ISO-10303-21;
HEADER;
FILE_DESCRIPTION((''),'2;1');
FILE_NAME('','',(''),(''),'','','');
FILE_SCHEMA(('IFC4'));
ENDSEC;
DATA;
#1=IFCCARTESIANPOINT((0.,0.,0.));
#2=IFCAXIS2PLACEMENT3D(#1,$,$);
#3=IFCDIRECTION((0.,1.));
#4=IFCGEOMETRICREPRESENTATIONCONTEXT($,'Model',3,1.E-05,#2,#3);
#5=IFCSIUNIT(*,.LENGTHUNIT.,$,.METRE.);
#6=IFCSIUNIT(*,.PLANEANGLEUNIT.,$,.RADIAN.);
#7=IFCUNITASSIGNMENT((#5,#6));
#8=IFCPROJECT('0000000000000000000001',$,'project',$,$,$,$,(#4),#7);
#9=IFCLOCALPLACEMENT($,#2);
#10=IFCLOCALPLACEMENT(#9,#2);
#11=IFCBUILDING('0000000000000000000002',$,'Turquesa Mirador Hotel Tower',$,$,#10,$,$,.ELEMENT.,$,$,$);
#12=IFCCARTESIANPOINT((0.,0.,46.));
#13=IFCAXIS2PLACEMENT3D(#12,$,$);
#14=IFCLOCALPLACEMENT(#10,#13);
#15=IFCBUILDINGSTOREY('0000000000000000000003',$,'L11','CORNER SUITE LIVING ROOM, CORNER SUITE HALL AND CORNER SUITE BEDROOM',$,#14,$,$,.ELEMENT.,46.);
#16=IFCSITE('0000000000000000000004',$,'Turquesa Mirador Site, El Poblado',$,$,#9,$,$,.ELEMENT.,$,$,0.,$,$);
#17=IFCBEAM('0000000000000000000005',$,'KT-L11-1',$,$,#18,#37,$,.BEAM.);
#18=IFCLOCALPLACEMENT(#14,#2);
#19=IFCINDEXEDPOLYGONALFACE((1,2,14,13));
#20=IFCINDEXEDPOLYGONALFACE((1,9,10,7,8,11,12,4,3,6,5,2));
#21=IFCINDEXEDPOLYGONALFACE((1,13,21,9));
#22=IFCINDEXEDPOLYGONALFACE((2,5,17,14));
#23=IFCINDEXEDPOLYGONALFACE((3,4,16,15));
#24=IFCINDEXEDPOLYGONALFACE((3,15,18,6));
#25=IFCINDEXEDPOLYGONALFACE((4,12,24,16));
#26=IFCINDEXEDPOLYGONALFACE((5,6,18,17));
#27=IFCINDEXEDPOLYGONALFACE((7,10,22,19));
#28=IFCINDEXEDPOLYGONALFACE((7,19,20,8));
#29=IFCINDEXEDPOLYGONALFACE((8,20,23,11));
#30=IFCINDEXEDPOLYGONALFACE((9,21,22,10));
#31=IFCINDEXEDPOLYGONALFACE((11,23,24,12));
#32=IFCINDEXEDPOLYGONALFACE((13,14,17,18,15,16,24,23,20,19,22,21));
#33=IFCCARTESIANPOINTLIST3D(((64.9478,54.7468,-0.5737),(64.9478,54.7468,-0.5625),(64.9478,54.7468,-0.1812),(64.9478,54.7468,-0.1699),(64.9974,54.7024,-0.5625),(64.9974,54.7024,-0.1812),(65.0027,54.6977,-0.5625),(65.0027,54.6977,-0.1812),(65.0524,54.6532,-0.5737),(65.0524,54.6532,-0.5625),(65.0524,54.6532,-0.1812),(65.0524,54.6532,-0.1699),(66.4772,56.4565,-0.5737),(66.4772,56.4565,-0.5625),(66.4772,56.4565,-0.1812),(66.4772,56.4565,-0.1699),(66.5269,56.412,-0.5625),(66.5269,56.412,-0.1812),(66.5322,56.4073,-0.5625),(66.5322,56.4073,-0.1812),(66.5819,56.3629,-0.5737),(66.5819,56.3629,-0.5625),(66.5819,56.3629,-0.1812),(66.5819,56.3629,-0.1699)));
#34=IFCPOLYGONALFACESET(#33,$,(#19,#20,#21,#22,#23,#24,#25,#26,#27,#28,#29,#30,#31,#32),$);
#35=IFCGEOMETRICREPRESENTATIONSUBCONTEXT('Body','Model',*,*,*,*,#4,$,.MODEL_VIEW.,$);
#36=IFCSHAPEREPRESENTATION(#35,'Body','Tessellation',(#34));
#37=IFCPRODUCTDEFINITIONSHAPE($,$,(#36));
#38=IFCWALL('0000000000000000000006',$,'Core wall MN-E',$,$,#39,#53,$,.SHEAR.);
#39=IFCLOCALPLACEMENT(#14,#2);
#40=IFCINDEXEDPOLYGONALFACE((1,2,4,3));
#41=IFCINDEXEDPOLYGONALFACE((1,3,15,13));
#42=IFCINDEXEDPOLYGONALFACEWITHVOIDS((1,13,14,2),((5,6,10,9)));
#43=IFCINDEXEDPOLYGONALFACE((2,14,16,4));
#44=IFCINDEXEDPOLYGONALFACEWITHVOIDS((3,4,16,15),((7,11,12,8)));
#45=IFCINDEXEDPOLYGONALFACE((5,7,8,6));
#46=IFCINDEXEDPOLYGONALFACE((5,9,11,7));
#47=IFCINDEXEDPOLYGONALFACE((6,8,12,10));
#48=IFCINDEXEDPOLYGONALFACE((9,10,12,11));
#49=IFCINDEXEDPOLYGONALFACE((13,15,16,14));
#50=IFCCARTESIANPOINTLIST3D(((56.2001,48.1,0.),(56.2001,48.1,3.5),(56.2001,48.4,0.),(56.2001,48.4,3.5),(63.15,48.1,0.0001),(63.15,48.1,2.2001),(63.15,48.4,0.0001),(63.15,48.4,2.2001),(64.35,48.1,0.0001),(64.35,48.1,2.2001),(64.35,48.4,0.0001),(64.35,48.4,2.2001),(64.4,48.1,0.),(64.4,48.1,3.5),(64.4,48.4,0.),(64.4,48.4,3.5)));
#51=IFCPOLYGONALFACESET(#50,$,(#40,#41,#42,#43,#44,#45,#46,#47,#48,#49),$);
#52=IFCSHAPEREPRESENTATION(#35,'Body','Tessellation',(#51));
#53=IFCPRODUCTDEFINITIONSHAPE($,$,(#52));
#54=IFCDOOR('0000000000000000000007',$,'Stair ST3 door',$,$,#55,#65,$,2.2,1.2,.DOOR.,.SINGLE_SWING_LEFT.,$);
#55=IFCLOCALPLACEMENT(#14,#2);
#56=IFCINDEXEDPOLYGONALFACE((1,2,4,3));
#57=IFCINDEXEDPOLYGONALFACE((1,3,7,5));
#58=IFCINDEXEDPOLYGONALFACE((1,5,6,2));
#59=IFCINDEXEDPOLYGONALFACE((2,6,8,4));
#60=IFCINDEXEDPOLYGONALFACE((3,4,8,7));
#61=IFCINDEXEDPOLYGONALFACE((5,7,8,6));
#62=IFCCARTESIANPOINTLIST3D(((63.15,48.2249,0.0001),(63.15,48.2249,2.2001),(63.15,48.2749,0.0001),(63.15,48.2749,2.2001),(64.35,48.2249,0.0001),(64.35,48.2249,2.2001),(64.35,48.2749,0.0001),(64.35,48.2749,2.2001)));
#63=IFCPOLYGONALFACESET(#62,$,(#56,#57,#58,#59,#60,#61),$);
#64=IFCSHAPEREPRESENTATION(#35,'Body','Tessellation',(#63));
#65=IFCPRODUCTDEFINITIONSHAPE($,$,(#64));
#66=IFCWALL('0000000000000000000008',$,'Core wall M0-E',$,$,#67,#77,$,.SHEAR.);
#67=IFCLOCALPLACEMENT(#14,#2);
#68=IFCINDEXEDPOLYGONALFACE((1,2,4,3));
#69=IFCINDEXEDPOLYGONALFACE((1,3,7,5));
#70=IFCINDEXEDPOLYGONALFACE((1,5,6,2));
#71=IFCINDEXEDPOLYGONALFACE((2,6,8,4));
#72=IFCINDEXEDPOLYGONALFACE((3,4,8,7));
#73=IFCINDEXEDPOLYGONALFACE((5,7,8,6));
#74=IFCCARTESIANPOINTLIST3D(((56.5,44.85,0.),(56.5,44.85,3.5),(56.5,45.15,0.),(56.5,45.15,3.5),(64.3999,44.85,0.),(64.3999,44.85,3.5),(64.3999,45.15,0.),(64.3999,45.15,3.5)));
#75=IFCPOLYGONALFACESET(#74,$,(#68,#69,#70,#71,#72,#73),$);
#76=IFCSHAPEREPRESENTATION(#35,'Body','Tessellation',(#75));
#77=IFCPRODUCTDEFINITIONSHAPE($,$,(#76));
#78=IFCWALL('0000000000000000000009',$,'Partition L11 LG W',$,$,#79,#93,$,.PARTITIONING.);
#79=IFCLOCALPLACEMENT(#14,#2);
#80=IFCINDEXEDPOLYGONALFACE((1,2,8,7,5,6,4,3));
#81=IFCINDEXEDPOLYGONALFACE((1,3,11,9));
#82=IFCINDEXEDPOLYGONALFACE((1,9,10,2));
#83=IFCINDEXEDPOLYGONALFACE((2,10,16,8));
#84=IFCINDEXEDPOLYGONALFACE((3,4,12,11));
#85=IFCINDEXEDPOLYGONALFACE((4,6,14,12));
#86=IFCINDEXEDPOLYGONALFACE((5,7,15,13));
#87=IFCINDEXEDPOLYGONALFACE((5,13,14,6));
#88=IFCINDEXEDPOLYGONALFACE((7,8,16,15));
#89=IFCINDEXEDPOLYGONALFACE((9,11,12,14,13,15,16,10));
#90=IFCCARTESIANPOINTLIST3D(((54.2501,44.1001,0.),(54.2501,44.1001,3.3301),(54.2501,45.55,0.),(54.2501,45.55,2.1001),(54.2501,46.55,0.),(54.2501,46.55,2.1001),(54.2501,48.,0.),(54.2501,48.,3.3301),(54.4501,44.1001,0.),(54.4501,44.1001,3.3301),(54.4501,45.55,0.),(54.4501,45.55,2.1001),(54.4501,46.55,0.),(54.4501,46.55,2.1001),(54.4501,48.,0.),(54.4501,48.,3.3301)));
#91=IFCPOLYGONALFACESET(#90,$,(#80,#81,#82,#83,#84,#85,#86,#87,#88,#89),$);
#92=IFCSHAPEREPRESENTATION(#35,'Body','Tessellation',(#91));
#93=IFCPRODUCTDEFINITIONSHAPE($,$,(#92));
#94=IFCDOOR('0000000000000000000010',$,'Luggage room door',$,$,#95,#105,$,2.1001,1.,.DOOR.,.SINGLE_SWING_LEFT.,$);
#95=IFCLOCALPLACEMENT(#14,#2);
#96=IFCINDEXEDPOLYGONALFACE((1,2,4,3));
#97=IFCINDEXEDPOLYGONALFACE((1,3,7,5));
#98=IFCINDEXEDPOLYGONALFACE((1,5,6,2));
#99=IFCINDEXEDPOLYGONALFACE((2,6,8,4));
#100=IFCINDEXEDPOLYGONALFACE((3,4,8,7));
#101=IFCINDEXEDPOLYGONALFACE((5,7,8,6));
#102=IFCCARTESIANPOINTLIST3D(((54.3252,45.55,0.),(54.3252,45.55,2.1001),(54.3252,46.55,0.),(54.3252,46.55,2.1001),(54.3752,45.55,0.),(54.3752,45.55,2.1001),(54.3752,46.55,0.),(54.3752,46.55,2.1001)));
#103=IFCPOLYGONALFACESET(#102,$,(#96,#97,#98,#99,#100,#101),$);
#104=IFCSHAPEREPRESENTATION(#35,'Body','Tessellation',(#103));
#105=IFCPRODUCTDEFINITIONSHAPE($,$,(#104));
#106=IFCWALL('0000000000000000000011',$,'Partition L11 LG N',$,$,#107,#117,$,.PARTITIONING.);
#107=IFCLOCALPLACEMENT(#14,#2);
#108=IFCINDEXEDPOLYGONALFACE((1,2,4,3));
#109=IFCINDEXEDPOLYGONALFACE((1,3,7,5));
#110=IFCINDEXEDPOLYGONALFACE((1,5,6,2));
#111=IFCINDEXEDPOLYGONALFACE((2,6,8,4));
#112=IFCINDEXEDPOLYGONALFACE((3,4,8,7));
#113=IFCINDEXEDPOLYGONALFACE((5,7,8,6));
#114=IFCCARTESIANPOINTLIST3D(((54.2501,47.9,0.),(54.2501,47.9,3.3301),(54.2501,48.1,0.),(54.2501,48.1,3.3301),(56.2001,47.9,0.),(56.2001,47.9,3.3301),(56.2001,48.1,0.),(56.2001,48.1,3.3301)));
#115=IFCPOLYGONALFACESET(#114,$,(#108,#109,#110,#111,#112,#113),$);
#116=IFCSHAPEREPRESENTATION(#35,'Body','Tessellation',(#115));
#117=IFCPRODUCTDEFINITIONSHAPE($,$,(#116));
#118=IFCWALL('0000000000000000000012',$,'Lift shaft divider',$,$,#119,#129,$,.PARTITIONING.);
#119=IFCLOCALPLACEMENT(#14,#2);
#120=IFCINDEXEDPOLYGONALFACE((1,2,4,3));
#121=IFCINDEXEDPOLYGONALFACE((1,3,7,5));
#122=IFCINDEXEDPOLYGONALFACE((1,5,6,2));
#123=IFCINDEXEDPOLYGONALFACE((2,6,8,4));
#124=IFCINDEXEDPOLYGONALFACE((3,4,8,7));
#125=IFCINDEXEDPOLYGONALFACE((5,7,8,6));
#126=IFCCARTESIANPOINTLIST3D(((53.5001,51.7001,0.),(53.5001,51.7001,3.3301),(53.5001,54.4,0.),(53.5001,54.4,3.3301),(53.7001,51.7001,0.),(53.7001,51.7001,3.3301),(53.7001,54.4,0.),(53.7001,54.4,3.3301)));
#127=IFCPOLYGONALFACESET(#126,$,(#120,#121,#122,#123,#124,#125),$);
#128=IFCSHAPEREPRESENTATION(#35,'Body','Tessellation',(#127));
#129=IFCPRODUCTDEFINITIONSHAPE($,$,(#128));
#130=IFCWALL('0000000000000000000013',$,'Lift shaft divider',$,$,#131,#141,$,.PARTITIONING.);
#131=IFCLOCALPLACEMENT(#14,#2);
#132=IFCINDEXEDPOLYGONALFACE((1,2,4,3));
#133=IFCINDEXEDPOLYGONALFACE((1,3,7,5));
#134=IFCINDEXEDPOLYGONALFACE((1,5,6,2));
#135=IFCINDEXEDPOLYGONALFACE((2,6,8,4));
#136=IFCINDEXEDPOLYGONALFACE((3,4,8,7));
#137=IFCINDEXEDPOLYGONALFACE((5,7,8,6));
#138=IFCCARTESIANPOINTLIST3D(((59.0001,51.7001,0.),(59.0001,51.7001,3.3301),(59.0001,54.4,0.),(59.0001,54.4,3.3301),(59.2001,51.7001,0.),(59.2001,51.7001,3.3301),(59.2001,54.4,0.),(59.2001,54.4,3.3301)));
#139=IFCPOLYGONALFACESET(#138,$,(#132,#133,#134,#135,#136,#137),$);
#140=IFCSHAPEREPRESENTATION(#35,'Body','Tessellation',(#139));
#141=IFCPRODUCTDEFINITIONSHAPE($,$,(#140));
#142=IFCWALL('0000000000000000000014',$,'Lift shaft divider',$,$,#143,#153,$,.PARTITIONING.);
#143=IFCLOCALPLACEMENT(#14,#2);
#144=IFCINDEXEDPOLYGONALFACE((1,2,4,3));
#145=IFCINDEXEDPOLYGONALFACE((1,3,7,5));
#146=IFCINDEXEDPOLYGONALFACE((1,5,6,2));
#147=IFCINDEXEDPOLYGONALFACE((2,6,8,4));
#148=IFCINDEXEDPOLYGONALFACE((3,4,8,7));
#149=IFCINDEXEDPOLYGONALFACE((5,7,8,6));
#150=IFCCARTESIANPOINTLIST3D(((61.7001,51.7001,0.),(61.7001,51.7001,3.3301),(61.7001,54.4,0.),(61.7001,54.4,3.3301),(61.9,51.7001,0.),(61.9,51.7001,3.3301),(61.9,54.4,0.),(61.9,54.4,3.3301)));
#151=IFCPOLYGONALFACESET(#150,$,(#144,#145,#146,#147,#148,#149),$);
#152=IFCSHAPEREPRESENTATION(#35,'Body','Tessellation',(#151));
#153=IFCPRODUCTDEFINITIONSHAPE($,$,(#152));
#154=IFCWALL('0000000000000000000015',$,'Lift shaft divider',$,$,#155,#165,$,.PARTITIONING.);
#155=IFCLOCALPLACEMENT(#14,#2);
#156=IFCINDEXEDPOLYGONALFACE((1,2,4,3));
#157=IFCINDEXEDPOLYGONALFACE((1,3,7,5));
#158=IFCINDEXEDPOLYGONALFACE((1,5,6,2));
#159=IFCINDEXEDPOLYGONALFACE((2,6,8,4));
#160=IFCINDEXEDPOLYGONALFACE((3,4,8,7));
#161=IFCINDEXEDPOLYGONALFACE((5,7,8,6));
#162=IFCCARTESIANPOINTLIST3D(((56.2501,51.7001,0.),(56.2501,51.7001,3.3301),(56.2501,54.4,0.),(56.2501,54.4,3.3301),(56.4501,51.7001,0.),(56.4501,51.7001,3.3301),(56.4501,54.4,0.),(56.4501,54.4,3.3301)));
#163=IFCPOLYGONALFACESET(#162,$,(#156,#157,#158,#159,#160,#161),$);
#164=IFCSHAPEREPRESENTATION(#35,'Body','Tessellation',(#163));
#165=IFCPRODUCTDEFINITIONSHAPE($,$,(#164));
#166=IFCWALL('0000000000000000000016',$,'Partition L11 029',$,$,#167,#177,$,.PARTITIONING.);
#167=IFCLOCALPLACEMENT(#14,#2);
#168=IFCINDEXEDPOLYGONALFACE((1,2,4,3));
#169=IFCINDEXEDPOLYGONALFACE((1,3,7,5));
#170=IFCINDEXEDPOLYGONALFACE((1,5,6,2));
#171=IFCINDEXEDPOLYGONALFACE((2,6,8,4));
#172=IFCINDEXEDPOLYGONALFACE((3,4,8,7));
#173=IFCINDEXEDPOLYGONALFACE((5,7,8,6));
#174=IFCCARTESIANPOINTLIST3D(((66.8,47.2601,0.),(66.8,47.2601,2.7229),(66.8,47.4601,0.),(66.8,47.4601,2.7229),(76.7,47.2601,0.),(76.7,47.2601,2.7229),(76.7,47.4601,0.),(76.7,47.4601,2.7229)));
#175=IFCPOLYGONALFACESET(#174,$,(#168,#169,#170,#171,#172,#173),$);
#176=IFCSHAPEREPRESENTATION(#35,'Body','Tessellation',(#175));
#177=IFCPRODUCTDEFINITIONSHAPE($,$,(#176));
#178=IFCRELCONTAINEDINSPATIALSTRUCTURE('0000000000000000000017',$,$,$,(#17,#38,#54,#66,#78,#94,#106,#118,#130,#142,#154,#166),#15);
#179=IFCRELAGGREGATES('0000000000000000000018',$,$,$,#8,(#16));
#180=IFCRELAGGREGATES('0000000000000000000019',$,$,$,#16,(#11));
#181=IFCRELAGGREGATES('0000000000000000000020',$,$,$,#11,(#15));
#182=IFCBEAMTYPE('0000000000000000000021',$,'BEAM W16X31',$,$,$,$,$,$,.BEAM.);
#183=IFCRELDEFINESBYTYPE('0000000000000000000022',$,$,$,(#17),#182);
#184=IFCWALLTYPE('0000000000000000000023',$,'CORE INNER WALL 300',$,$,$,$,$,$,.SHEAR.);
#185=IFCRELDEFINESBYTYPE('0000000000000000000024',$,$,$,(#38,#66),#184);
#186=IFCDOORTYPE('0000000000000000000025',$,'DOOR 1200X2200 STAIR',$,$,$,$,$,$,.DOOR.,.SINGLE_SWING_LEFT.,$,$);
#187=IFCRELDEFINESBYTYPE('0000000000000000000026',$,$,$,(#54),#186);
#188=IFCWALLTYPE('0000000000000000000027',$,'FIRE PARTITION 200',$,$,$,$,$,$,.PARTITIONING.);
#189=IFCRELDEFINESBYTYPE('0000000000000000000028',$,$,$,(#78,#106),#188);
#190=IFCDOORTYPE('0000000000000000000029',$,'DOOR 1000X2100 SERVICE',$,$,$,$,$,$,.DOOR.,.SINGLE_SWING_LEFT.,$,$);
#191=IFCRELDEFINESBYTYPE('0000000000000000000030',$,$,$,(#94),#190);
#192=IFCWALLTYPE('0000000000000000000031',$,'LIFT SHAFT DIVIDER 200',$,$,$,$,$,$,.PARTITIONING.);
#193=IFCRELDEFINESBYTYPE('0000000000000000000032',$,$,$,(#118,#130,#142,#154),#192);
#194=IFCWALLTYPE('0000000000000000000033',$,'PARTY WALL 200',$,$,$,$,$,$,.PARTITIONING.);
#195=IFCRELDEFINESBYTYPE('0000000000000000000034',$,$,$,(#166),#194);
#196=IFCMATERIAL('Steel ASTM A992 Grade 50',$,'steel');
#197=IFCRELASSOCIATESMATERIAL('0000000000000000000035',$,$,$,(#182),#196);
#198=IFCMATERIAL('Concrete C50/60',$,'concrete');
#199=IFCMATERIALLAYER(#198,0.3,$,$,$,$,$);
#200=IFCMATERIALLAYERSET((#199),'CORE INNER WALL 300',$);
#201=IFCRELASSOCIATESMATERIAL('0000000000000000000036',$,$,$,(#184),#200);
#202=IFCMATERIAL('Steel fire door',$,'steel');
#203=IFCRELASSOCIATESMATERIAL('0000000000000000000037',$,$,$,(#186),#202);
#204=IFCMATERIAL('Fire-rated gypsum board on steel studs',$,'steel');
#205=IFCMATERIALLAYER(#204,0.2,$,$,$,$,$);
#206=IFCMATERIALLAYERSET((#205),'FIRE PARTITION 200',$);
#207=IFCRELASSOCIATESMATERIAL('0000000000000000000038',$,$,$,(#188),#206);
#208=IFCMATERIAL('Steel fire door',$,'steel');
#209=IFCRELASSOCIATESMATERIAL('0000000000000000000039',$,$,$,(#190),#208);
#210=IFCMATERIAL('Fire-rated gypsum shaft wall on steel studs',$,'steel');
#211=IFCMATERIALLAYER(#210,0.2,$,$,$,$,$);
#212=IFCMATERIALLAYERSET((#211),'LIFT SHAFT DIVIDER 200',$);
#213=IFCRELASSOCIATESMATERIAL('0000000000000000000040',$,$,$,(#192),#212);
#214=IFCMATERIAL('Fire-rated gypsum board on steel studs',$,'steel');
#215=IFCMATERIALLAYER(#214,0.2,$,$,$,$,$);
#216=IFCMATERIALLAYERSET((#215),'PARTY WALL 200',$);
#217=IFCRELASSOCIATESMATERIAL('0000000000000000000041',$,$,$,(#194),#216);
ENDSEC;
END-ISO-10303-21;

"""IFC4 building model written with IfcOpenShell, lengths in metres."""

from ifc_helpers import new_model, si_unit, direction, frame, frame_2d, origin, origin_2d, place, context, subcontext, project, spatial, rectangle, i_section, extrude, material, layer, layer_set, material_profile, profile_set, type_object, element, fill, save


model = new_model("IFC4")

# Units and contexts
model_context = context("Model", 3, precision=1e-05, world=origin(), true_north=direction((0.0, 1.0)))
body_context = subcontext(model_context, "Body", "Model", "MODEL_VIEW")
ifc_project = project(units=[si_unit("LENGTHUNIT", "METRE"), si_unit("PLANEANGLEUNIT", "RADIAN")], contexts=[model_context])

# Site, building, storey
site_placement = place(None, origin())
site = spatial("IfcSite", under=ifc_project, at=site_placement, Name="Turquesa Mirador Site, El Poblado", CompositionType="ELEMENT", RefElevation=0.0)
building_placement = place(site_placement, origin())
building = spatial("IfcBuilding", under=site, at=building_placement, Name="Turquesa Mirador Hotel Tower", CompositionType="ELEMENT")
storey_placement = place(building_placement, frame((0.0, 0.0, 46.0)))
storey = spatial("IfcBuildingStorey", under=building, at=storey_placement, Name="L11", Description="CORNER SUITE LIVING ROOM, CORNER SUITE HALL AND CORNER SUITE BEDROOM", CompositionType="ELEMENT", Elevation=46.0)

# Beam
ifc_material_1 = material(Name="Steel ASTM A992 Grade 50", Category="steel")
ifc_material_profile = material_profile(ifc_material_1, i_section(OverallWidth=0.1404, OverallDepth=0.4038, WebThickness=0.0071, FlangeThickness=0.0112, at=origin_2d()), Name="W16X31")
ifc_profile_set = profile_set([ifc_material_profile], Name="Steel ASTM A992 Grade 50")
beam_type = type_object("IfcBeamType", Name="BEAM W16X31", PredefinedType="BEAM", material=ifc_profile_set)
beam_placement = place(storey_placement, frame((66.5295, 56.4097, -0.3718), z_axis=(-0.666745, -0.745286, 0.0), x_axis=(0.745286, -0.666745, 0.0)))
element("IfcBeam", 1, at=beam_placement, inside=storey, type_object=beam_type, Name="KT-L11-1", PredefinedType="BEAM", context=body_context, shape_type="SweptSolid", body=[
    extrude(i_section(OverallWidth=0.1404, OverallDepth=0.4038, WebThickness=0.0071, FlangeThickness=0.0112, at=origin_2d()), origin(), (0.0, 0.0, 1.0), 2.2939),
])

# Wall, opening, door
ifc_material_2 = material(Name="Concrete C50/60", Category="concrete")
ifc_layer_1 = layer(ifc_material_2, 0.3)
ifc_layer_set_1 = layer_set([ifc_layer_1], Name="CORE INNER WALL 300")
wall_type_1 = type_object("IfcWallType", Name="CORE INNER WALL 300", PredefinedType="SHEAR", material=ifc_layer_set_1)
wall_1_placement = place(storey_placement, frame((56.2, 48.25, 0.0), z_axis=(0.0, 0.0, 1.0), x_axis=(1.0, 0.0, 0.0)))
wall_1 = element("IfcWall", 2, at=wall_1_placement, inside=storey, type_object=wall_type_1, Name="Core wall MN-E", PredefinedType="SHEAR", context=body_context, shape_type="SweptSolid", body=[
    extrude(rectangle(XDim=8.2, YDim=0.3, at=frame_2d((4.1001, 0.0))), origin(), (0.0, 0.0, 1.0), 3.5),
])
opening_1_placement = place(wall_1_placement, frame((6.95, 0.0, 0.0)))
opening_1 = element("IfcOpeningElement", 3, at=opening_1_placement, cuts=wall_1, PredefinedType="OPENING", context=body_context, shape_type="SweptSolid", body=[
    extrude(rectangle(XDim=1.2, YDim=2.2, at=frame_2d((0.6001, 1.1001))), frame((0.0, 0.1599, 0.0), z_axis=(0.0, -1.0, 0.0), x_axis=(1.0, 0.0, 0.0)), (0.0, 0.0, 1.0), 0.3201),
])
ifc_material_3 = material(Name="Steel fire door", Category="steel")
door_type_1 = type_object("IfcDoorType", Name="DOOR 1200X2200 STAIR", OperationType="SINGLE_SWING_LEFT", PredefinedType="DOOR", material=ifc_material_3)
door_1_placement = place(opening_1_placement, origin())
door_1 = element("IfcDoor", 4, at=door_1_placement, inside=storey, type_object=door_type_1, Name="Stair ST3 door", OperationType="SINGLE_SWING_LEFT", OverallHeight=2.2, OverallWidth=1.2, PredefinedType="DOOR", context=body_context, shape_type="SweptSolid", body=[
    extrude(rectangle(XDim=1.2, YDim=2.2, at=frame_2d((0.6001, 1.1001))), frame((0.0, 0.0249, 0.0), z_axis=(0.0, -1.0, 0.0), x_axis=(1.0, 0.0, 0.0)), (0.0, 0.0, 1.0), 0.05),
])
fill(opening_1, door_1)

# Wall
wall_2_placement = place(storey_placement, frame((56.5, 45.0, 0.0), z_axis=(0.0, 0.0, 1.0), x_axis=(1.0, 0.0, 0.0)))
element("IfcWall", 5, at=wall_2_placement, inside=storey, type_object=wall_type_1, Name="Core wall M0-E", PredefinedType="SHEAR", context=body_context, shape_type="SweptSolid", body=[
    extrude(rectangle(XDim=7.8999, YDim=0.3, at=frame_2d((3.95, 0.0))), origin(), (0.0, 0.0, 1.0), 3.5),
])

# Wall, opening, door
ifc_material_4 = material(Name="Fire-rated gypsum board on steel studs", Category="steel")
ifc_layer_2 = layer(ifc_material_4, 0.2)
ifc_layer_set_2 = layer_set([ifc_layer_2], Name="FIRE PARTITION 200")
wall_type_2 = type_object("IfcWallType", Name="FIRE PARTITION 200", PredefinedType="PARTITIONING", material=ifc_layer_set_2)
wall_3_placement = place(storey_placement, frame((54.3501, 44.1001, 0.0), z_axis=(0.0, 0.0, 1.0), x_axis=(0.0, 1.0, 0.0)))
wall_3 = element("IfcWall", 6, at=wall_3_placement, inside=storey, type_object=wall_type_2, Name="Partition L11 LG W", PredefinedType="PARTITIONING", context=body_context, shape_type="SweptSolid", body=[
    extrude(rectangle(XDim=3.8999, YDim=0.2, at=frame_2d((1.95, 0.0))), origin(), (0.0, 0.0, 1.0), 3.3301),
])
opening_2_placement = place(wall_3_placement, frame((1.45, 0.0, 0.0)))
opening_2 = element("IfcOpeningElement", 7, at=opening_2_placement, cuts=wall_3, PredefinedType="OPENING", context=body_context, shape_type="SweptSolid", body=[
    extrude(rectangle(XDim=1.0, YDim=2.1001, at=frame_2d((0.5, 1.05))), frame((0.0, 0.1099, 0.0), z_axis=(0.0, -1.0, 0.0), x_axis=(1.0, 0.0, 0.0)), (0.0, 0.0, 1.0), 0.22),
])
ifc_material_5 = material(Name="Steel fire door", Category="steel")
door_type_2 = type_object("IfcDoorType", Name="DOOR 1000X2100 SERVICE", OperationType="SINGLE_SWING_LEFT", PredefinedType="DOOR", material=ifc_material_5)
door_2_placement = place(opening_2_placement, origin())
door_2 = element("IfcDoor", 8, at=door_2_placement, inside=storey, type_object=door_type_2, Name="Luggage room door", OperationType="SINGLE_SWING_LEFT", OverallHeight=2.1001, OverallWidth=1.0, PredefinedType="DOOR", context=body_context, shape_type="SweptSolid", body=[
    extrude(rectangle(XDim=1.0, YDim=2.1001, at=frame_2d((0.5, 1.05))), frame((0.0, 0.0249, 0.0), z_axis=(0.0, -1.0, 0.0), x_axis=(1.0, 0.0, 0.0)), (0.0, 0.0, 1.0), 0.05),
])
fill(opening_2, door_2)

# Walls
wall_4_placement = place(storey_placement, frame((54.25, 48.0, 0.0), z_axis=(0.0, 0.0, 1.0), x_axis=(1.0, 0.0, 0.0)))
element("IfcWall", 9, at=wall_4_placement, inside=storey, type_object=wall_type_2, Name="Partition L11 LG N", PredefinedType="PARTITIONING", context=body_context, shape_type="SweptSolid", body=[
    extrude(rectangle(XDim=1.95, YDim=0.2, at=frame_2d((0.9751, 0.0))), origin(), (0.0, 0.0, 1.0), 3.3301),
])
ifc_material_6 = material(Name="Fire-rated gypsum shaft wall on steel studs", Category="steel")
ifc_layer_3 = layer(ifc_material_6, 0.2)
ifc_layer_set_3 = layer_set([ifc_layer_3], Name="LIFT SHAFT DIVIDER 200")
wall_type_3 = type_object("IfcWallType", Name="LIFT SHAFT DIVIDER 200", PredefinedType="PARTITIONING", material=ifc_layer_set_3)
for number, where, z_axis, x_axis, name in (
    (10, (53.6001, 51.7, 0.0), (0.0, 0.0, 1.0), (0.0, 1.0, 0.0), "Lift shaft divider"),
    (11, (59.1001, 51.7, 0.0), (0.0, 0.0, 1.0), (0.0, 1.0, 0.0), "Lift shaft divider"),
    (12, (61.8, 51.7, 0.0), (0.0, 0.0, 1.0), (0.0, 1.0, 0.0), "Lift shaft divider"),
    (13, (56.3501, 51.7, 0.0), (0.0, 0.0, 1.0), (0.0, 1.0, 0.0), "Lift shaft divider"),
):
    element("IfcWall", number, at=place(storey_placement, frame(where, z_axis=z_axis, x_axis=x_axis)), inside=storey, type_object=wall_type_3, Name=name, PredefinedType="PARTITIONING", context=body_context, shape_type="SweptSolid", body=[
        extrude(rectangle(XDim=2.7, YDim=0.2, at=frame_2d((1.3501, 0.0))), origin(), (0.0, 0.0, 1.0), 3.3301),
    ])
ifc_material_7 = material(Name="Fire-rated gypsum board on steel studs", Category="steel")
ifc_layer_4 = layer(ifc_material_7, 0.2)
ifc_layer_set_4 = layer_set([ifc_layer_4], Name="PARTY WALL 200")
wall_type_4 = type_object("IfcWallType", Name="PARTY WALL 200", PredefinedType="PARTITIONING", material=ifc_layer_set_4)
wall_5_placement = place(storey_placement, frame((66.8, 47.3601, 0.0), z_axis=(0.0, 0.0, 1.0), x_axis=(1.0, 0.0, 0.0)))
element("IfcWall", 14, at=wall_5_placement, inside=storey, type_object=wall_type_4, Name="Partition L11 029", PredefinedType="PARTITIONING", context=body_context, shape_type="SweptSolid", body=[
    extrude(rectangle(XDim=9.8999, YDim=0.2, at=frame_2d((4.95, 0.0))), origin(), (0.0, 0.0, 1.0), 2.7229),
])

save(model, "model.ifc")
